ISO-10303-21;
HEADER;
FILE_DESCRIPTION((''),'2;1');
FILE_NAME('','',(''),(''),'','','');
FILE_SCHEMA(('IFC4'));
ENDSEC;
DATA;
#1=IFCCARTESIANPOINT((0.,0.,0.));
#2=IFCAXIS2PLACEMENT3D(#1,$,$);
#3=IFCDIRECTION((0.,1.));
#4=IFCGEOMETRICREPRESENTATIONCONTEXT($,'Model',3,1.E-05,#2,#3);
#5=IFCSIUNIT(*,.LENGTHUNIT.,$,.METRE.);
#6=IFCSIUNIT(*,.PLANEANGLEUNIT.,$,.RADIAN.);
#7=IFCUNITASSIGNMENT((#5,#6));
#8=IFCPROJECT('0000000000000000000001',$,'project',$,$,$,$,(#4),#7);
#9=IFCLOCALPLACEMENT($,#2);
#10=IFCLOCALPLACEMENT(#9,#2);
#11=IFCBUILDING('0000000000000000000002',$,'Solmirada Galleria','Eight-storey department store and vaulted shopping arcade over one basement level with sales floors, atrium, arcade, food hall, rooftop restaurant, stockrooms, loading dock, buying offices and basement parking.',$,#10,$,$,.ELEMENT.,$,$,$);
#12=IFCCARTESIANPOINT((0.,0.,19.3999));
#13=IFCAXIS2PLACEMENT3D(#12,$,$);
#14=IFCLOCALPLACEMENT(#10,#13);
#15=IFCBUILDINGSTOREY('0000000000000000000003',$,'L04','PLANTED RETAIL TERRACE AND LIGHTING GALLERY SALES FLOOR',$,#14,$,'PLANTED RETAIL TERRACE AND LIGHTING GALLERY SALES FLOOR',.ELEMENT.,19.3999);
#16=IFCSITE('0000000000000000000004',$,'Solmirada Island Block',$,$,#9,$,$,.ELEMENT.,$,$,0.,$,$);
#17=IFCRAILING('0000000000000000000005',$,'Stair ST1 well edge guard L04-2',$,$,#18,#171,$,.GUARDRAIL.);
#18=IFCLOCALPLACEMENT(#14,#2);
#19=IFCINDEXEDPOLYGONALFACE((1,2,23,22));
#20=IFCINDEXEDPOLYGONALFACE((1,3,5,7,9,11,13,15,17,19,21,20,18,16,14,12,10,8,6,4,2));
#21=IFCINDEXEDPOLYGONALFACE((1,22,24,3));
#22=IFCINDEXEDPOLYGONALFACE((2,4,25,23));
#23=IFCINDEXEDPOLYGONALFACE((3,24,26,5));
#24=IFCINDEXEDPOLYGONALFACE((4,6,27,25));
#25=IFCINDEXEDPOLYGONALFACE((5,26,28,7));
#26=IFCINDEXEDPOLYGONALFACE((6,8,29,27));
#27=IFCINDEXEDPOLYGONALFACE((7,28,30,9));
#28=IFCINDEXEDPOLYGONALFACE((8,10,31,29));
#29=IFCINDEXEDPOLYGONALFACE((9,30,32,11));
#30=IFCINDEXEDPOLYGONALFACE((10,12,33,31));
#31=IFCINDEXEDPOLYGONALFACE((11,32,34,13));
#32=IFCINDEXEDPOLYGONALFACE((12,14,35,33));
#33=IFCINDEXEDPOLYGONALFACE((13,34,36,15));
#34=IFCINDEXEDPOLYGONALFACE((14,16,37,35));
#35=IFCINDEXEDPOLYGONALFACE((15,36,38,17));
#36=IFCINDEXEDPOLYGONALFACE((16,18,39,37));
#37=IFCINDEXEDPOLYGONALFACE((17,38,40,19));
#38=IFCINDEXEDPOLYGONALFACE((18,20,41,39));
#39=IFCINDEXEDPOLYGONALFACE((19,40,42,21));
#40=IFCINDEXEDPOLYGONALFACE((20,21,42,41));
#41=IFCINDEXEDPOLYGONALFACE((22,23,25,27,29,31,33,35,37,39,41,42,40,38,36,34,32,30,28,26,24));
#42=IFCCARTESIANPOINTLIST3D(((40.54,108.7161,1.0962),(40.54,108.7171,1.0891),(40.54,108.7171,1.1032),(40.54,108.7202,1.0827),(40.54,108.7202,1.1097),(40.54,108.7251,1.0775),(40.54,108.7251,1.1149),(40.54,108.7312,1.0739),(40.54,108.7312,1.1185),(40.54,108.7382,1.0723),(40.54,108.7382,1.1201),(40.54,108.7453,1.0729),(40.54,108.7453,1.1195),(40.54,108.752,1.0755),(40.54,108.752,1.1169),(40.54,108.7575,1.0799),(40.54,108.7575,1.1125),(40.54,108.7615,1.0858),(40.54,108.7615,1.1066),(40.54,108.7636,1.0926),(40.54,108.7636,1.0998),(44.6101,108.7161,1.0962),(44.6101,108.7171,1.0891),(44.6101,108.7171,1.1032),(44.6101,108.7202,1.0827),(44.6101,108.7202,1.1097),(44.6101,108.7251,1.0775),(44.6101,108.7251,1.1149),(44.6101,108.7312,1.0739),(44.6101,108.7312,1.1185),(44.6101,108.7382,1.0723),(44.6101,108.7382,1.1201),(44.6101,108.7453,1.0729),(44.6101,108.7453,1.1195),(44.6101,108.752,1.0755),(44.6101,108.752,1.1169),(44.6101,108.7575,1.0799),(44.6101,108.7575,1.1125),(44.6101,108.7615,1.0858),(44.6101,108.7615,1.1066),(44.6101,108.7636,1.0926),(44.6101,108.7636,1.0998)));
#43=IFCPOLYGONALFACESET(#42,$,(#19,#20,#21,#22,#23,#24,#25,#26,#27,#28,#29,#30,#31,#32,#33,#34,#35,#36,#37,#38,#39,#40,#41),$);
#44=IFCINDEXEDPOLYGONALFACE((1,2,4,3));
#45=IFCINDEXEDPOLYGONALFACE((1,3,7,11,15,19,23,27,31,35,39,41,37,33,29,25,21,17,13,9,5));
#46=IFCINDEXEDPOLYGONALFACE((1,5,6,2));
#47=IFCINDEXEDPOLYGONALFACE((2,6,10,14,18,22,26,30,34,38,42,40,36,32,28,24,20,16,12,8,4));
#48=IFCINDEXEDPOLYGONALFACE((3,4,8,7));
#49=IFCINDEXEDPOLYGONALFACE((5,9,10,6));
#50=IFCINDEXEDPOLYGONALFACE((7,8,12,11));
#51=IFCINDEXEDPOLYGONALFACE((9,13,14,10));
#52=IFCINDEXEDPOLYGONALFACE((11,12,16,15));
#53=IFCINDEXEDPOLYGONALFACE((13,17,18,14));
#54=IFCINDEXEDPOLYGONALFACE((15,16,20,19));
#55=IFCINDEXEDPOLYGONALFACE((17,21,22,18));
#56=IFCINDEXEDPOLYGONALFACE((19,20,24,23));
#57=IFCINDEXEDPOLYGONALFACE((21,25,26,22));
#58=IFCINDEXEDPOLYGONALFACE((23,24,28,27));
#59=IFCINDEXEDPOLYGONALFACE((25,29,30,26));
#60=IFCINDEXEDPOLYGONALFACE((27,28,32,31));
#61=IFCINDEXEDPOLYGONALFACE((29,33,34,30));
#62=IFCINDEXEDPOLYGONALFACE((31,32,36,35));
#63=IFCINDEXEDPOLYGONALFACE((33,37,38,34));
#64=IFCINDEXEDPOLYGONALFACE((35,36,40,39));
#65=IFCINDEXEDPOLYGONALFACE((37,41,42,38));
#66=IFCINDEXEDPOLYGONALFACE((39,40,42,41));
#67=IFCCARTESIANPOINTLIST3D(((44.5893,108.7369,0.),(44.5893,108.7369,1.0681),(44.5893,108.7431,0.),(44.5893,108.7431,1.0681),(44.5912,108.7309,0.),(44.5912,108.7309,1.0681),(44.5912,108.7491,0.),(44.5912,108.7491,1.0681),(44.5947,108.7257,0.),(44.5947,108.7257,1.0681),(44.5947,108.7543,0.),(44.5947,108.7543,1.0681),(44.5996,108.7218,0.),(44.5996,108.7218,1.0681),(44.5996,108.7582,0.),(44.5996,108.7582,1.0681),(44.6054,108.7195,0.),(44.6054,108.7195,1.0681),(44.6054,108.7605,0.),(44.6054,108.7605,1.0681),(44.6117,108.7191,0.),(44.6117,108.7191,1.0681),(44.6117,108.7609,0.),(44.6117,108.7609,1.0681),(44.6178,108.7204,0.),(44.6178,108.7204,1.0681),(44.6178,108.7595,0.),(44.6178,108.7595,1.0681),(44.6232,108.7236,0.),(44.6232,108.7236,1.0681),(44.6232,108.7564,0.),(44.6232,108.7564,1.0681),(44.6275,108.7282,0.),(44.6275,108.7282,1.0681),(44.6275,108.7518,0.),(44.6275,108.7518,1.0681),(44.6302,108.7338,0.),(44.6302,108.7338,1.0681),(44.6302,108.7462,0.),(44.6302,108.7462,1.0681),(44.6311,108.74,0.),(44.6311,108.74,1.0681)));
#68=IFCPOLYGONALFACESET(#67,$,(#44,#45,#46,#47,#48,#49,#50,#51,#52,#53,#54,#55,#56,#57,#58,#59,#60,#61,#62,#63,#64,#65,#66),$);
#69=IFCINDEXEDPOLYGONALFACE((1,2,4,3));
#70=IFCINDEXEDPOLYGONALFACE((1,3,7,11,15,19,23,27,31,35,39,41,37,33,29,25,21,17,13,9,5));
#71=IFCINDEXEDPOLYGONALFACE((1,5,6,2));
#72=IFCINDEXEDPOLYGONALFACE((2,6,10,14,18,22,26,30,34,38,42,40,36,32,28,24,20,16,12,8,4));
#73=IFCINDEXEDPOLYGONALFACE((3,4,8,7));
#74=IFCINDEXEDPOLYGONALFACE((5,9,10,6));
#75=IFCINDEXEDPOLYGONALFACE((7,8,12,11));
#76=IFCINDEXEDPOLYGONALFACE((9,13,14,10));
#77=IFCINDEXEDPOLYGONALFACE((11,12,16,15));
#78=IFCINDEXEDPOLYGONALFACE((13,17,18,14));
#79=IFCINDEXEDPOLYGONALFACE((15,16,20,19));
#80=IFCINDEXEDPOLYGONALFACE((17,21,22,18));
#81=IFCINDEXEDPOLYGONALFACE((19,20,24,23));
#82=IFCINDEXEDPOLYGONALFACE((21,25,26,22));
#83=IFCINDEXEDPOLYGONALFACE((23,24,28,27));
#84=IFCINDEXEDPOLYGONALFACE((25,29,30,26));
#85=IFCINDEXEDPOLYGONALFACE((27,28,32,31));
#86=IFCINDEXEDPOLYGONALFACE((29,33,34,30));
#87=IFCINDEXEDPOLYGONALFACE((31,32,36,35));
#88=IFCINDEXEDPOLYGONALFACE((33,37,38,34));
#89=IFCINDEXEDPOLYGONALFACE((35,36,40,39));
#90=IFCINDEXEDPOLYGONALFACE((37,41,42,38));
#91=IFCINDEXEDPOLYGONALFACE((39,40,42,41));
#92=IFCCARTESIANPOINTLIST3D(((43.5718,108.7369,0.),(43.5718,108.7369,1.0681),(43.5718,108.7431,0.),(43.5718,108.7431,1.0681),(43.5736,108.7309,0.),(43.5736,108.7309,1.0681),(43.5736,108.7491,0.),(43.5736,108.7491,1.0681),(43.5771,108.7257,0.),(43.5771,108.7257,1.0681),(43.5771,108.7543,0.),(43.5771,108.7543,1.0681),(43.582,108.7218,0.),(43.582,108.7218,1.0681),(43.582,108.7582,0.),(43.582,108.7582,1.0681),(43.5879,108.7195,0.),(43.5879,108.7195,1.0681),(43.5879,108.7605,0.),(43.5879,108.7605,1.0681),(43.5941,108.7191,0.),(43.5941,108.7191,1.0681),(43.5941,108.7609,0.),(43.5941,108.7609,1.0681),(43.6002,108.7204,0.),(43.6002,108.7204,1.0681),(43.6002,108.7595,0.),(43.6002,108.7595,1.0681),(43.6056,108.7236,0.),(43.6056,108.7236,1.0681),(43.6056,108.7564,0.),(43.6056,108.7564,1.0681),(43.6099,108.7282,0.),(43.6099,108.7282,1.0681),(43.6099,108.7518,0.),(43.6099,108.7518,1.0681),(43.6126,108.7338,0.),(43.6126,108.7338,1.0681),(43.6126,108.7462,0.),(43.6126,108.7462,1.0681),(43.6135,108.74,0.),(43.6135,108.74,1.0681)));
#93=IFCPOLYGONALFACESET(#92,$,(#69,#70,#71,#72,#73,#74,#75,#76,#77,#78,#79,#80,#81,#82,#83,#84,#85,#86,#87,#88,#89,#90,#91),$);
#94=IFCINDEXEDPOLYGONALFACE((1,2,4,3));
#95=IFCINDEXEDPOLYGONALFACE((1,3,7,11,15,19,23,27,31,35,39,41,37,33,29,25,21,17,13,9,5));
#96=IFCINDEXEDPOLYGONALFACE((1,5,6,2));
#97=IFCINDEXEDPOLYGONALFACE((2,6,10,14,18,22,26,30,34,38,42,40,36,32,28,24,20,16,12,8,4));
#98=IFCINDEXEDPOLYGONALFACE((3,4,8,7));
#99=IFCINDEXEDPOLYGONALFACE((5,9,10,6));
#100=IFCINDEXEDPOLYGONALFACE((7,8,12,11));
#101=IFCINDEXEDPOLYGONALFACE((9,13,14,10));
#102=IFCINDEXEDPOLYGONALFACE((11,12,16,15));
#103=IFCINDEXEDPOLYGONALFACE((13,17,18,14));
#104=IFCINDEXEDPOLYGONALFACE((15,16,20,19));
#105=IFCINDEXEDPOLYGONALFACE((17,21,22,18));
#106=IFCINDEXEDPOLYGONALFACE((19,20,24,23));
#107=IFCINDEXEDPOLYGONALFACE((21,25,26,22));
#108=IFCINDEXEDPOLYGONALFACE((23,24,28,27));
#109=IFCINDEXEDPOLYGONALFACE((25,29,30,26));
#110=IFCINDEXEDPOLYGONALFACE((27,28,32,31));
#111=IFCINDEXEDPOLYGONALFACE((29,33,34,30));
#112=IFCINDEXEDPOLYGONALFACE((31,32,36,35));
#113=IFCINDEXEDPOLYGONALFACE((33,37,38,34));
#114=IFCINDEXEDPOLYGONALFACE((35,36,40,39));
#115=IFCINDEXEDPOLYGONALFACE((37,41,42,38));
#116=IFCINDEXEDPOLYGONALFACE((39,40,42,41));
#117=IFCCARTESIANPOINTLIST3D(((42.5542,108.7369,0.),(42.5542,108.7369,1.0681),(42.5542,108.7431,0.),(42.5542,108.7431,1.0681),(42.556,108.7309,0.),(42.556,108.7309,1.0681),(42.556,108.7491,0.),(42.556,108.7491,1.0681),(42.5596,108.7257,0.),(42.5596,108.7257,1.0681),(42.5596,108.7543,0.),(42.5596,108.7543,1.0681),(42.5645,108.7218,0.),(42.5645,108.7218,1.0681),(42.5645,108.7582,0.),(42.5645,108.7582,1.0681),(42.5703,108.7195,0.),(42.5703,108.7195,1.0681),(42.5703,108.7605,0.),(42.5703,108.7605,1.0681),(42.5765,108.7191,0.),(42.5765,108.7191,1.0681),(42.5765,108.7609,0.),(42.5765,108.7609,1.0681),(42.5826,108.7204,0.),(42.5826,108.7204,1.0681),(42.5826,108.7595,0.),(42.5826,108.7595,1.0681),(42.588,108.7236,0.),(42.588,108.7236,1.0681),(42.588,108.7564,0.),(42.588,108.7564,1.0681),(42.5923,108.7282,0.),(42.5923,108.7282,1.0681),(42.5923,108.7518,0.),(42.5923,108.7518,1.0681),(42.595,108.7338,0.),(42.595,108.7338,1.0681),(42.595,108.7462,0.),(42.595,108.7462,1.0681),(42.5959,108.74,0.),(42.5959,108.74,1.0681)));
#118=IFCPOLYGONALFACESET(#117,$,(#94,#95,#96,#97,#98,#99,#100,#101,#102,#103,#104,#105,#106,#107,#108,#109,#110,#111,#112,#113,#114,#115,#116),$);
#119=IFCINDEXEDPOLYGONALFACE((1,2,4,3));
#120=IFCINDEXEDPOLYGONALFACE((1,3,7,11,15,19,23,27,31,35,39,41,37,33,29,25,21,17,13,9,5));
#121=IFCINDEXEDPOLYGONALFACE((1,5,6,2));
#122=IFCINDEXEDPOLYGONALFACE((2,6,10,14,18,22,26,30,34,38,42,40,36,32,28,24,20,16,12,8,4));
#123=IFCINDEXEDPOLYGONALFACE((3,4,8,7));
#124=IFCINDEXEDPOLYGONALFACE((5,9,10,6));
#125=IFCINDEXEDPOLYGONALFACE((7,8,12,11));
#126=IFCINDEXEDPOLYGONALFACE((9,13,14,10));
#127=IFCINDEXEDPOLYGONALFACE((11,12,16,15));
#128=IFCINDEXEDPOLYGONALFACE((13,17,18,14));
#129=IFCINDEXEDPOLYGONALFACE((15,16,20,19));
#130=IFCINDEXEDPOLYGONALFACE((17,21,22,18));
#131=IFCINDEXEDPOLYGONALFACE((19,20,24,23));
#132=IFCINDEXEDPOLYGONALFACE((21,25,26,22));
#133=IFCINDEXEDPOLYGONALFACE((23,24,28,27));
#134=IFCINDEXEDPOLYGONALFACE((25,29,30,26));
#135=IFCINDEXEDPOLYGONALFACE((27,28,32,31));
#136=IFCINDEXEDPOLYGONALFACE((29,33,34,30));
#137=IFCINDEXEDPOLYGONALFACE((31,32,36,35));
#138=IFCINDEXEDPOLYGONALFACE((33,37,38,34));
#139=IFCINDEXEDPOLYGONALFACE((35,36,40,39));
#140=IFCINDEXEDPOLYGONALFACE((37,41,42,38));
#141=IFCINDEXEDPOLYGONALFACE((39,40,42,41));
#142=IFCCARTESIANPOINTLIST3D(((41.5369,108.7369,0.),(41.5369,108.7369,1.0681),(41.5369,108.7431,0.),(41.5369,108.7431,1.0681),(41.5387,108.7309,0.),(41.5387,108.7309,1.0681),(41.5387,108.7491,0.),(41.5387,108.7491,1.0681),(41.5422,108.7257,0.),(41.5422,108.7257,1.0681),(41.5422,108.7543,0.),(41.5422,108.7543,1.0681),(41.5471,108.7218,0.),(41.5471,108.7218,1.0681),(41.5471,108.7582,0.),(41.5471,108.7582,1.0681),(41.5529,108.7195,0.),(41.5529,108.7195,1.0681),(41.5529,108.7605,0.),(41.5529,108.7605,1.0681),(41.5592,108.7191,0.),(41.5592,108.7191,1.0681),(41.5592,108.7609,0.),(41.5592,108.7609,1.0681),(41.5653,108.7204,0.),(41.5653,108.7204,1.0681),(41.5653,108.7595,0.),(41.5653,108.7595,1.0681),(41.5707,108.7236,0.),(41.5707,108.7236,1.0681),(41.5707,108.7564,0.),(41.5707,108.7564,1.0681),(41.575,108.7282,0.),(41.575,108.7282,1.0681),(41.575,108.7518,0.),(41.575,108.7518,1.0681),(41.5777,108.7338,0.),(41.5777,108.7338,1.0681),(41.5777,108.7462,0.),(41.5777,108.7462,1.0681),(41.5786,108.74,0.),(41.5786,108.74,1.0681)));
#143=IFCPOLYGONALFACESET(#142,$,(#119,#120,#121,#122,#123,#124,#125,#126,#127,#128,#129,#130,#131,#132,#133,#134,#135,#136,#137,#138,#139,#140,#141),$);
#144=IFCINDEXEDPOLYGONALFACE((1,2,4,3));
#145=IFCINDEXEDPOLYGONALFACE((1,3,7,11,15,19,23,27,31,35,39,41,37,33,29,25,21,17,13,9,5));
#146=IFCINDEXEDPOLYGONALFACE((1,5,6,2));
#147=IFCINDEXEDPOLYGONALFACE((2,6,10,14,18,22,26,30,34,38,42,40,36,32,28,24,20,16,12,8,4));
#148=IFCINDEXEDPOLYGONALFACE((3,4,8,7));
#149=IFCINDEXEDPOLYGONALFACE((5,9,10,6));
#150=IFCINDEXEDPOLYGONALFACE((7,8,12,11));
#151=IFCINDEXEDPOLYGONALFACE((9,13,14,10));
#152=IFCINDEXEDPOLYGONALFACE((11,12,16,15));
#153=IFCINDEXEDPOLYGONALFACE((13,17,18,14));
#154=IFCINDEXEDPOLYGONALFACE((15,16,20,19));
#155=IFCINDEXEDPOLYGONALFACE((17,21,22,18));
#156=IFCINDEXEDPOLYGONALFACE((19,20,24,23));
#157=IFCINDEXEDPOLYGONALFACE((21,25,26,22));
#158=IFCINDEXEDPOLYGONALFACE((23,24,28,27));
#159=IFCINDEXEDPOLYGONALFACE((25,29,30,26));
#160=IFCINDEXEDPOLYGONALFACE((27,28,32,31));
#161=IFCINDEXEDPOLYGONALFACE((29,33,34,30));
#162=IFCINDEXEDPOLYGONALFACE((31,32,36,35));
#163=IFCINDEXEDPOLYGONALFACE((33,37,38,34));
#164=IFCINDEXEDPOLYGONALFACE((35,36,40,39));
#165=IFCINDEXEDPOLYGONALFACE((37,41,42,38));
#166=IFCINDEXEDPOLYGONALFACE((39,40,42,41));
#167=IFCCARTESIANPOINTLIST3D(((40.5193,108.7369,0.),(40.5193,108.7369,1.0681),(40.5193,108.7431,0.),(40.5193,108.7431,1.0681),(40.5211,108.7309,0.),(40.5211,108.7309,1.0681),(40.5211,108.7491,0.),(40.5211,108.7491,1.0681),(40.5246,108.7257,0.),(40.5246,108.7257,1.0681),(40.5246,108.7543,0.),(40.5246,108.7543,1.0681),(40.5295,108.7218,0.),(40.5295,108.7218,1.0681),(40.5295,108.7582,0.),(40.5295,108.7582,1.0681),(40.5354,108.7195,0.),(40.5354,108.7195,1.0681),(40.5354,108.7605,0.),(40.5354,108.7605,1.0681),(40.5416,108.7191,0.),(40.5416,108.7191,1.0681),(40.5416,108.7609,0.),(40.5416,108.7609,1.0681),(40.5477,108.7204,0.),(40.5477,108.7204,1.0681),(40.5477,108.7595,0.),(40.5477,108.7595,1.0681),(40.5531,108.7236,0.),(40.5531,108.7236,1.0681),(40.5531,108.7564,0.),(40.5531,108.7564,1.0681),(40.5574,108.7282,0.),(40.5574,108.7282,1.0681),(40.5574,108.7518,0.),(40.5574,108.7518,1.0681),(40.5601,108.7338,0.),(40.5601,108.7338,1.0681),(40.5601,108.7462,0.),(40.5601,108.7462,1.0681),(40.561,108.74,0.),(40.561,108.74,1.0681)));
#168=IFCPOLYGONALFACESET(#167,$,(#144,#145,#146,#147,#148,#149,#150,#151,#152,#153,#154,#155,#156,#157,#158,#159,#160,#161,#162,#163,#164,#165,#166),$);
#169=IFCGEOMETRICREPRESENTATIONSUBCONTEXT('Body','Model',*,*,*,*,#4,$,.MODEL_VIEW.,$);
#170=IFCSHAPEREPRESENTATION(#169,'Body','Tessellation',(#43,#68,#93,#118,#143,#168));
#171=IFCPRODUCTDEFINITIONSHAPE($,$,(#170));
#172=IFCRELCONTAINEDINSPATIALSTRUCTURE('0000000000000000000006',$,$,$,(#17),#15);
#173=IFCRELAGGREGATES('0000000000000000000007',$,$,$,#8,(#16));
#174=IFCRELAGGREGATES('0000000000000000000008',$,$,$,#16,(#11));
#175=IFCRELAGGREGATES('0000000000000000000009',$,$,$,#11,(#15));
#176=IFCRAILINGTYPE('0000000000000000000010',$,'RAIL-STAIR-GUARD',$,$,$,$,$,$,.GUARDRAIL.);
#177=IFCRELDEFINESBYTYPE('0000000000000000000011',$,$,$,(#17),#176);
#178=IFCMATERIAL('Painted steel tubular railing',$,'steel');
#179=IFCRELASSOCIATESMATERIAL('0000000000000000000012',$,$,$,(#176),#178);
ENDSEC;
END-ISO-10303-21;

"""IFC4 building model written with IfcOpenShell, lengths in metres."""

from ifc_helpers import new_model, si_unit, direction, frame, origin, origin_2d, place, context, subcontext, project, spatial, circle, extrude, material, type_object, element, save


model = new_model("IFC4")

# Units and contexts
model_context = context("Model", 3, precision=1e-05, world=origin(), true_north=direction((0.0, 1.0)))
body_context = subcontext(model_context, "Body", "Model", "MODEL_VIEW")
ifc_project = project(units=[si_unit("LENGTHUNIT", "METRE"), si_unit("PLANEANGLEUNIT", "RADIAN")], contexts=[model_context])

# Site, building, storey
site_placement = place(None, origin())
site = spatial("IfcSite", under=ifc_project, at=site_placement, Name="Solmirada Island Block", CompositionType="ELEMENT", RefElevation=0.0)
building_placement = place(site_placement, origin())
building = spatial("IfcBuilding", under=site, at=building_placement, Name="Solmirada Galleria", Description="Eight-storey department store and vaulted shopping arcade over one basement level with sales floors, atrium, arcade, food hall, rooftop restaurant, stockrooms, loading dock, buying offices and basement parking.", CompositionType="ELEMENT")
storey_placement = place(building_placement, frame((0.0, 0.0, 19.3999)))
storey = spatial("IfcBuildingStorey", under=building, at=storey_placement, Name="L04", Description="PLANTED RETAIL TERRACE AND LIGHTING GALLERY SALES FLOOR", LongName="PLANTED RETAIL TERRACE AND LIGHTING GALLERY SALES FLOOR", CompositionType="ELEMENT", Elevation=19.3999)

# Railing
ifc_material_1 = material(Name="Painted steel tubular railing", Category="steel")
railing_type = type_object("IfcRailingType", Name="RAIL-STAIR-GUARD", PredefinedType="GUARDRAIL", material=ifc_material_1)
railing_1_placement = place(storey_placement, frame((44.6101, 108.74, 0.0)))
element("IfcRailing", 1, at=railing_1_placement, inside=storey, type_object=railing_type, Name="Stair ST1 well edge guard L04-2", PredefinedType="GUARDRAIL", context=body_context, shape_type="SweptSolid", body=[
    extrude(circle(Radius=0.0239, at=origin_2d()), frame((0.0, 0.0, 1.0962), z_axis=(-1.0, 0.0, 0.0), x_axis=(0.0, -1.0, 0.0)), (0.0, 0.0, 1.0), 4.0701),
    extrude(circle(Radius=0.021, at=origin_2d()), origin(), (0.0, 0.0, 1.0), 1.0681),
    extrude(circle(Radius=0.021, at=origin_2d()), frame((-1.0176, 0.0, 0.0)), (0.0, 0.0, 1.0), 1.0681),
    extrude(circle(Radius=0.021, at=origin_2d()), frame((-2.0352, 0.0, 0.0)), (0.0, 0.0, 1.0), 1.0681),
    extrude(circle(Radius=0.021, at=origin_2d()), frame((-3.0525, 0.0, 0.0)), (0.0, 0.0, 1.0), 1.0681),
    extrude(circle(Radius=0.021, at=origin_2d()), frame((-4.0701, 0.0, 0.0)), (0.0, 0.0, 1.0), 1.0681),
])

save(model, "model.ifc")
